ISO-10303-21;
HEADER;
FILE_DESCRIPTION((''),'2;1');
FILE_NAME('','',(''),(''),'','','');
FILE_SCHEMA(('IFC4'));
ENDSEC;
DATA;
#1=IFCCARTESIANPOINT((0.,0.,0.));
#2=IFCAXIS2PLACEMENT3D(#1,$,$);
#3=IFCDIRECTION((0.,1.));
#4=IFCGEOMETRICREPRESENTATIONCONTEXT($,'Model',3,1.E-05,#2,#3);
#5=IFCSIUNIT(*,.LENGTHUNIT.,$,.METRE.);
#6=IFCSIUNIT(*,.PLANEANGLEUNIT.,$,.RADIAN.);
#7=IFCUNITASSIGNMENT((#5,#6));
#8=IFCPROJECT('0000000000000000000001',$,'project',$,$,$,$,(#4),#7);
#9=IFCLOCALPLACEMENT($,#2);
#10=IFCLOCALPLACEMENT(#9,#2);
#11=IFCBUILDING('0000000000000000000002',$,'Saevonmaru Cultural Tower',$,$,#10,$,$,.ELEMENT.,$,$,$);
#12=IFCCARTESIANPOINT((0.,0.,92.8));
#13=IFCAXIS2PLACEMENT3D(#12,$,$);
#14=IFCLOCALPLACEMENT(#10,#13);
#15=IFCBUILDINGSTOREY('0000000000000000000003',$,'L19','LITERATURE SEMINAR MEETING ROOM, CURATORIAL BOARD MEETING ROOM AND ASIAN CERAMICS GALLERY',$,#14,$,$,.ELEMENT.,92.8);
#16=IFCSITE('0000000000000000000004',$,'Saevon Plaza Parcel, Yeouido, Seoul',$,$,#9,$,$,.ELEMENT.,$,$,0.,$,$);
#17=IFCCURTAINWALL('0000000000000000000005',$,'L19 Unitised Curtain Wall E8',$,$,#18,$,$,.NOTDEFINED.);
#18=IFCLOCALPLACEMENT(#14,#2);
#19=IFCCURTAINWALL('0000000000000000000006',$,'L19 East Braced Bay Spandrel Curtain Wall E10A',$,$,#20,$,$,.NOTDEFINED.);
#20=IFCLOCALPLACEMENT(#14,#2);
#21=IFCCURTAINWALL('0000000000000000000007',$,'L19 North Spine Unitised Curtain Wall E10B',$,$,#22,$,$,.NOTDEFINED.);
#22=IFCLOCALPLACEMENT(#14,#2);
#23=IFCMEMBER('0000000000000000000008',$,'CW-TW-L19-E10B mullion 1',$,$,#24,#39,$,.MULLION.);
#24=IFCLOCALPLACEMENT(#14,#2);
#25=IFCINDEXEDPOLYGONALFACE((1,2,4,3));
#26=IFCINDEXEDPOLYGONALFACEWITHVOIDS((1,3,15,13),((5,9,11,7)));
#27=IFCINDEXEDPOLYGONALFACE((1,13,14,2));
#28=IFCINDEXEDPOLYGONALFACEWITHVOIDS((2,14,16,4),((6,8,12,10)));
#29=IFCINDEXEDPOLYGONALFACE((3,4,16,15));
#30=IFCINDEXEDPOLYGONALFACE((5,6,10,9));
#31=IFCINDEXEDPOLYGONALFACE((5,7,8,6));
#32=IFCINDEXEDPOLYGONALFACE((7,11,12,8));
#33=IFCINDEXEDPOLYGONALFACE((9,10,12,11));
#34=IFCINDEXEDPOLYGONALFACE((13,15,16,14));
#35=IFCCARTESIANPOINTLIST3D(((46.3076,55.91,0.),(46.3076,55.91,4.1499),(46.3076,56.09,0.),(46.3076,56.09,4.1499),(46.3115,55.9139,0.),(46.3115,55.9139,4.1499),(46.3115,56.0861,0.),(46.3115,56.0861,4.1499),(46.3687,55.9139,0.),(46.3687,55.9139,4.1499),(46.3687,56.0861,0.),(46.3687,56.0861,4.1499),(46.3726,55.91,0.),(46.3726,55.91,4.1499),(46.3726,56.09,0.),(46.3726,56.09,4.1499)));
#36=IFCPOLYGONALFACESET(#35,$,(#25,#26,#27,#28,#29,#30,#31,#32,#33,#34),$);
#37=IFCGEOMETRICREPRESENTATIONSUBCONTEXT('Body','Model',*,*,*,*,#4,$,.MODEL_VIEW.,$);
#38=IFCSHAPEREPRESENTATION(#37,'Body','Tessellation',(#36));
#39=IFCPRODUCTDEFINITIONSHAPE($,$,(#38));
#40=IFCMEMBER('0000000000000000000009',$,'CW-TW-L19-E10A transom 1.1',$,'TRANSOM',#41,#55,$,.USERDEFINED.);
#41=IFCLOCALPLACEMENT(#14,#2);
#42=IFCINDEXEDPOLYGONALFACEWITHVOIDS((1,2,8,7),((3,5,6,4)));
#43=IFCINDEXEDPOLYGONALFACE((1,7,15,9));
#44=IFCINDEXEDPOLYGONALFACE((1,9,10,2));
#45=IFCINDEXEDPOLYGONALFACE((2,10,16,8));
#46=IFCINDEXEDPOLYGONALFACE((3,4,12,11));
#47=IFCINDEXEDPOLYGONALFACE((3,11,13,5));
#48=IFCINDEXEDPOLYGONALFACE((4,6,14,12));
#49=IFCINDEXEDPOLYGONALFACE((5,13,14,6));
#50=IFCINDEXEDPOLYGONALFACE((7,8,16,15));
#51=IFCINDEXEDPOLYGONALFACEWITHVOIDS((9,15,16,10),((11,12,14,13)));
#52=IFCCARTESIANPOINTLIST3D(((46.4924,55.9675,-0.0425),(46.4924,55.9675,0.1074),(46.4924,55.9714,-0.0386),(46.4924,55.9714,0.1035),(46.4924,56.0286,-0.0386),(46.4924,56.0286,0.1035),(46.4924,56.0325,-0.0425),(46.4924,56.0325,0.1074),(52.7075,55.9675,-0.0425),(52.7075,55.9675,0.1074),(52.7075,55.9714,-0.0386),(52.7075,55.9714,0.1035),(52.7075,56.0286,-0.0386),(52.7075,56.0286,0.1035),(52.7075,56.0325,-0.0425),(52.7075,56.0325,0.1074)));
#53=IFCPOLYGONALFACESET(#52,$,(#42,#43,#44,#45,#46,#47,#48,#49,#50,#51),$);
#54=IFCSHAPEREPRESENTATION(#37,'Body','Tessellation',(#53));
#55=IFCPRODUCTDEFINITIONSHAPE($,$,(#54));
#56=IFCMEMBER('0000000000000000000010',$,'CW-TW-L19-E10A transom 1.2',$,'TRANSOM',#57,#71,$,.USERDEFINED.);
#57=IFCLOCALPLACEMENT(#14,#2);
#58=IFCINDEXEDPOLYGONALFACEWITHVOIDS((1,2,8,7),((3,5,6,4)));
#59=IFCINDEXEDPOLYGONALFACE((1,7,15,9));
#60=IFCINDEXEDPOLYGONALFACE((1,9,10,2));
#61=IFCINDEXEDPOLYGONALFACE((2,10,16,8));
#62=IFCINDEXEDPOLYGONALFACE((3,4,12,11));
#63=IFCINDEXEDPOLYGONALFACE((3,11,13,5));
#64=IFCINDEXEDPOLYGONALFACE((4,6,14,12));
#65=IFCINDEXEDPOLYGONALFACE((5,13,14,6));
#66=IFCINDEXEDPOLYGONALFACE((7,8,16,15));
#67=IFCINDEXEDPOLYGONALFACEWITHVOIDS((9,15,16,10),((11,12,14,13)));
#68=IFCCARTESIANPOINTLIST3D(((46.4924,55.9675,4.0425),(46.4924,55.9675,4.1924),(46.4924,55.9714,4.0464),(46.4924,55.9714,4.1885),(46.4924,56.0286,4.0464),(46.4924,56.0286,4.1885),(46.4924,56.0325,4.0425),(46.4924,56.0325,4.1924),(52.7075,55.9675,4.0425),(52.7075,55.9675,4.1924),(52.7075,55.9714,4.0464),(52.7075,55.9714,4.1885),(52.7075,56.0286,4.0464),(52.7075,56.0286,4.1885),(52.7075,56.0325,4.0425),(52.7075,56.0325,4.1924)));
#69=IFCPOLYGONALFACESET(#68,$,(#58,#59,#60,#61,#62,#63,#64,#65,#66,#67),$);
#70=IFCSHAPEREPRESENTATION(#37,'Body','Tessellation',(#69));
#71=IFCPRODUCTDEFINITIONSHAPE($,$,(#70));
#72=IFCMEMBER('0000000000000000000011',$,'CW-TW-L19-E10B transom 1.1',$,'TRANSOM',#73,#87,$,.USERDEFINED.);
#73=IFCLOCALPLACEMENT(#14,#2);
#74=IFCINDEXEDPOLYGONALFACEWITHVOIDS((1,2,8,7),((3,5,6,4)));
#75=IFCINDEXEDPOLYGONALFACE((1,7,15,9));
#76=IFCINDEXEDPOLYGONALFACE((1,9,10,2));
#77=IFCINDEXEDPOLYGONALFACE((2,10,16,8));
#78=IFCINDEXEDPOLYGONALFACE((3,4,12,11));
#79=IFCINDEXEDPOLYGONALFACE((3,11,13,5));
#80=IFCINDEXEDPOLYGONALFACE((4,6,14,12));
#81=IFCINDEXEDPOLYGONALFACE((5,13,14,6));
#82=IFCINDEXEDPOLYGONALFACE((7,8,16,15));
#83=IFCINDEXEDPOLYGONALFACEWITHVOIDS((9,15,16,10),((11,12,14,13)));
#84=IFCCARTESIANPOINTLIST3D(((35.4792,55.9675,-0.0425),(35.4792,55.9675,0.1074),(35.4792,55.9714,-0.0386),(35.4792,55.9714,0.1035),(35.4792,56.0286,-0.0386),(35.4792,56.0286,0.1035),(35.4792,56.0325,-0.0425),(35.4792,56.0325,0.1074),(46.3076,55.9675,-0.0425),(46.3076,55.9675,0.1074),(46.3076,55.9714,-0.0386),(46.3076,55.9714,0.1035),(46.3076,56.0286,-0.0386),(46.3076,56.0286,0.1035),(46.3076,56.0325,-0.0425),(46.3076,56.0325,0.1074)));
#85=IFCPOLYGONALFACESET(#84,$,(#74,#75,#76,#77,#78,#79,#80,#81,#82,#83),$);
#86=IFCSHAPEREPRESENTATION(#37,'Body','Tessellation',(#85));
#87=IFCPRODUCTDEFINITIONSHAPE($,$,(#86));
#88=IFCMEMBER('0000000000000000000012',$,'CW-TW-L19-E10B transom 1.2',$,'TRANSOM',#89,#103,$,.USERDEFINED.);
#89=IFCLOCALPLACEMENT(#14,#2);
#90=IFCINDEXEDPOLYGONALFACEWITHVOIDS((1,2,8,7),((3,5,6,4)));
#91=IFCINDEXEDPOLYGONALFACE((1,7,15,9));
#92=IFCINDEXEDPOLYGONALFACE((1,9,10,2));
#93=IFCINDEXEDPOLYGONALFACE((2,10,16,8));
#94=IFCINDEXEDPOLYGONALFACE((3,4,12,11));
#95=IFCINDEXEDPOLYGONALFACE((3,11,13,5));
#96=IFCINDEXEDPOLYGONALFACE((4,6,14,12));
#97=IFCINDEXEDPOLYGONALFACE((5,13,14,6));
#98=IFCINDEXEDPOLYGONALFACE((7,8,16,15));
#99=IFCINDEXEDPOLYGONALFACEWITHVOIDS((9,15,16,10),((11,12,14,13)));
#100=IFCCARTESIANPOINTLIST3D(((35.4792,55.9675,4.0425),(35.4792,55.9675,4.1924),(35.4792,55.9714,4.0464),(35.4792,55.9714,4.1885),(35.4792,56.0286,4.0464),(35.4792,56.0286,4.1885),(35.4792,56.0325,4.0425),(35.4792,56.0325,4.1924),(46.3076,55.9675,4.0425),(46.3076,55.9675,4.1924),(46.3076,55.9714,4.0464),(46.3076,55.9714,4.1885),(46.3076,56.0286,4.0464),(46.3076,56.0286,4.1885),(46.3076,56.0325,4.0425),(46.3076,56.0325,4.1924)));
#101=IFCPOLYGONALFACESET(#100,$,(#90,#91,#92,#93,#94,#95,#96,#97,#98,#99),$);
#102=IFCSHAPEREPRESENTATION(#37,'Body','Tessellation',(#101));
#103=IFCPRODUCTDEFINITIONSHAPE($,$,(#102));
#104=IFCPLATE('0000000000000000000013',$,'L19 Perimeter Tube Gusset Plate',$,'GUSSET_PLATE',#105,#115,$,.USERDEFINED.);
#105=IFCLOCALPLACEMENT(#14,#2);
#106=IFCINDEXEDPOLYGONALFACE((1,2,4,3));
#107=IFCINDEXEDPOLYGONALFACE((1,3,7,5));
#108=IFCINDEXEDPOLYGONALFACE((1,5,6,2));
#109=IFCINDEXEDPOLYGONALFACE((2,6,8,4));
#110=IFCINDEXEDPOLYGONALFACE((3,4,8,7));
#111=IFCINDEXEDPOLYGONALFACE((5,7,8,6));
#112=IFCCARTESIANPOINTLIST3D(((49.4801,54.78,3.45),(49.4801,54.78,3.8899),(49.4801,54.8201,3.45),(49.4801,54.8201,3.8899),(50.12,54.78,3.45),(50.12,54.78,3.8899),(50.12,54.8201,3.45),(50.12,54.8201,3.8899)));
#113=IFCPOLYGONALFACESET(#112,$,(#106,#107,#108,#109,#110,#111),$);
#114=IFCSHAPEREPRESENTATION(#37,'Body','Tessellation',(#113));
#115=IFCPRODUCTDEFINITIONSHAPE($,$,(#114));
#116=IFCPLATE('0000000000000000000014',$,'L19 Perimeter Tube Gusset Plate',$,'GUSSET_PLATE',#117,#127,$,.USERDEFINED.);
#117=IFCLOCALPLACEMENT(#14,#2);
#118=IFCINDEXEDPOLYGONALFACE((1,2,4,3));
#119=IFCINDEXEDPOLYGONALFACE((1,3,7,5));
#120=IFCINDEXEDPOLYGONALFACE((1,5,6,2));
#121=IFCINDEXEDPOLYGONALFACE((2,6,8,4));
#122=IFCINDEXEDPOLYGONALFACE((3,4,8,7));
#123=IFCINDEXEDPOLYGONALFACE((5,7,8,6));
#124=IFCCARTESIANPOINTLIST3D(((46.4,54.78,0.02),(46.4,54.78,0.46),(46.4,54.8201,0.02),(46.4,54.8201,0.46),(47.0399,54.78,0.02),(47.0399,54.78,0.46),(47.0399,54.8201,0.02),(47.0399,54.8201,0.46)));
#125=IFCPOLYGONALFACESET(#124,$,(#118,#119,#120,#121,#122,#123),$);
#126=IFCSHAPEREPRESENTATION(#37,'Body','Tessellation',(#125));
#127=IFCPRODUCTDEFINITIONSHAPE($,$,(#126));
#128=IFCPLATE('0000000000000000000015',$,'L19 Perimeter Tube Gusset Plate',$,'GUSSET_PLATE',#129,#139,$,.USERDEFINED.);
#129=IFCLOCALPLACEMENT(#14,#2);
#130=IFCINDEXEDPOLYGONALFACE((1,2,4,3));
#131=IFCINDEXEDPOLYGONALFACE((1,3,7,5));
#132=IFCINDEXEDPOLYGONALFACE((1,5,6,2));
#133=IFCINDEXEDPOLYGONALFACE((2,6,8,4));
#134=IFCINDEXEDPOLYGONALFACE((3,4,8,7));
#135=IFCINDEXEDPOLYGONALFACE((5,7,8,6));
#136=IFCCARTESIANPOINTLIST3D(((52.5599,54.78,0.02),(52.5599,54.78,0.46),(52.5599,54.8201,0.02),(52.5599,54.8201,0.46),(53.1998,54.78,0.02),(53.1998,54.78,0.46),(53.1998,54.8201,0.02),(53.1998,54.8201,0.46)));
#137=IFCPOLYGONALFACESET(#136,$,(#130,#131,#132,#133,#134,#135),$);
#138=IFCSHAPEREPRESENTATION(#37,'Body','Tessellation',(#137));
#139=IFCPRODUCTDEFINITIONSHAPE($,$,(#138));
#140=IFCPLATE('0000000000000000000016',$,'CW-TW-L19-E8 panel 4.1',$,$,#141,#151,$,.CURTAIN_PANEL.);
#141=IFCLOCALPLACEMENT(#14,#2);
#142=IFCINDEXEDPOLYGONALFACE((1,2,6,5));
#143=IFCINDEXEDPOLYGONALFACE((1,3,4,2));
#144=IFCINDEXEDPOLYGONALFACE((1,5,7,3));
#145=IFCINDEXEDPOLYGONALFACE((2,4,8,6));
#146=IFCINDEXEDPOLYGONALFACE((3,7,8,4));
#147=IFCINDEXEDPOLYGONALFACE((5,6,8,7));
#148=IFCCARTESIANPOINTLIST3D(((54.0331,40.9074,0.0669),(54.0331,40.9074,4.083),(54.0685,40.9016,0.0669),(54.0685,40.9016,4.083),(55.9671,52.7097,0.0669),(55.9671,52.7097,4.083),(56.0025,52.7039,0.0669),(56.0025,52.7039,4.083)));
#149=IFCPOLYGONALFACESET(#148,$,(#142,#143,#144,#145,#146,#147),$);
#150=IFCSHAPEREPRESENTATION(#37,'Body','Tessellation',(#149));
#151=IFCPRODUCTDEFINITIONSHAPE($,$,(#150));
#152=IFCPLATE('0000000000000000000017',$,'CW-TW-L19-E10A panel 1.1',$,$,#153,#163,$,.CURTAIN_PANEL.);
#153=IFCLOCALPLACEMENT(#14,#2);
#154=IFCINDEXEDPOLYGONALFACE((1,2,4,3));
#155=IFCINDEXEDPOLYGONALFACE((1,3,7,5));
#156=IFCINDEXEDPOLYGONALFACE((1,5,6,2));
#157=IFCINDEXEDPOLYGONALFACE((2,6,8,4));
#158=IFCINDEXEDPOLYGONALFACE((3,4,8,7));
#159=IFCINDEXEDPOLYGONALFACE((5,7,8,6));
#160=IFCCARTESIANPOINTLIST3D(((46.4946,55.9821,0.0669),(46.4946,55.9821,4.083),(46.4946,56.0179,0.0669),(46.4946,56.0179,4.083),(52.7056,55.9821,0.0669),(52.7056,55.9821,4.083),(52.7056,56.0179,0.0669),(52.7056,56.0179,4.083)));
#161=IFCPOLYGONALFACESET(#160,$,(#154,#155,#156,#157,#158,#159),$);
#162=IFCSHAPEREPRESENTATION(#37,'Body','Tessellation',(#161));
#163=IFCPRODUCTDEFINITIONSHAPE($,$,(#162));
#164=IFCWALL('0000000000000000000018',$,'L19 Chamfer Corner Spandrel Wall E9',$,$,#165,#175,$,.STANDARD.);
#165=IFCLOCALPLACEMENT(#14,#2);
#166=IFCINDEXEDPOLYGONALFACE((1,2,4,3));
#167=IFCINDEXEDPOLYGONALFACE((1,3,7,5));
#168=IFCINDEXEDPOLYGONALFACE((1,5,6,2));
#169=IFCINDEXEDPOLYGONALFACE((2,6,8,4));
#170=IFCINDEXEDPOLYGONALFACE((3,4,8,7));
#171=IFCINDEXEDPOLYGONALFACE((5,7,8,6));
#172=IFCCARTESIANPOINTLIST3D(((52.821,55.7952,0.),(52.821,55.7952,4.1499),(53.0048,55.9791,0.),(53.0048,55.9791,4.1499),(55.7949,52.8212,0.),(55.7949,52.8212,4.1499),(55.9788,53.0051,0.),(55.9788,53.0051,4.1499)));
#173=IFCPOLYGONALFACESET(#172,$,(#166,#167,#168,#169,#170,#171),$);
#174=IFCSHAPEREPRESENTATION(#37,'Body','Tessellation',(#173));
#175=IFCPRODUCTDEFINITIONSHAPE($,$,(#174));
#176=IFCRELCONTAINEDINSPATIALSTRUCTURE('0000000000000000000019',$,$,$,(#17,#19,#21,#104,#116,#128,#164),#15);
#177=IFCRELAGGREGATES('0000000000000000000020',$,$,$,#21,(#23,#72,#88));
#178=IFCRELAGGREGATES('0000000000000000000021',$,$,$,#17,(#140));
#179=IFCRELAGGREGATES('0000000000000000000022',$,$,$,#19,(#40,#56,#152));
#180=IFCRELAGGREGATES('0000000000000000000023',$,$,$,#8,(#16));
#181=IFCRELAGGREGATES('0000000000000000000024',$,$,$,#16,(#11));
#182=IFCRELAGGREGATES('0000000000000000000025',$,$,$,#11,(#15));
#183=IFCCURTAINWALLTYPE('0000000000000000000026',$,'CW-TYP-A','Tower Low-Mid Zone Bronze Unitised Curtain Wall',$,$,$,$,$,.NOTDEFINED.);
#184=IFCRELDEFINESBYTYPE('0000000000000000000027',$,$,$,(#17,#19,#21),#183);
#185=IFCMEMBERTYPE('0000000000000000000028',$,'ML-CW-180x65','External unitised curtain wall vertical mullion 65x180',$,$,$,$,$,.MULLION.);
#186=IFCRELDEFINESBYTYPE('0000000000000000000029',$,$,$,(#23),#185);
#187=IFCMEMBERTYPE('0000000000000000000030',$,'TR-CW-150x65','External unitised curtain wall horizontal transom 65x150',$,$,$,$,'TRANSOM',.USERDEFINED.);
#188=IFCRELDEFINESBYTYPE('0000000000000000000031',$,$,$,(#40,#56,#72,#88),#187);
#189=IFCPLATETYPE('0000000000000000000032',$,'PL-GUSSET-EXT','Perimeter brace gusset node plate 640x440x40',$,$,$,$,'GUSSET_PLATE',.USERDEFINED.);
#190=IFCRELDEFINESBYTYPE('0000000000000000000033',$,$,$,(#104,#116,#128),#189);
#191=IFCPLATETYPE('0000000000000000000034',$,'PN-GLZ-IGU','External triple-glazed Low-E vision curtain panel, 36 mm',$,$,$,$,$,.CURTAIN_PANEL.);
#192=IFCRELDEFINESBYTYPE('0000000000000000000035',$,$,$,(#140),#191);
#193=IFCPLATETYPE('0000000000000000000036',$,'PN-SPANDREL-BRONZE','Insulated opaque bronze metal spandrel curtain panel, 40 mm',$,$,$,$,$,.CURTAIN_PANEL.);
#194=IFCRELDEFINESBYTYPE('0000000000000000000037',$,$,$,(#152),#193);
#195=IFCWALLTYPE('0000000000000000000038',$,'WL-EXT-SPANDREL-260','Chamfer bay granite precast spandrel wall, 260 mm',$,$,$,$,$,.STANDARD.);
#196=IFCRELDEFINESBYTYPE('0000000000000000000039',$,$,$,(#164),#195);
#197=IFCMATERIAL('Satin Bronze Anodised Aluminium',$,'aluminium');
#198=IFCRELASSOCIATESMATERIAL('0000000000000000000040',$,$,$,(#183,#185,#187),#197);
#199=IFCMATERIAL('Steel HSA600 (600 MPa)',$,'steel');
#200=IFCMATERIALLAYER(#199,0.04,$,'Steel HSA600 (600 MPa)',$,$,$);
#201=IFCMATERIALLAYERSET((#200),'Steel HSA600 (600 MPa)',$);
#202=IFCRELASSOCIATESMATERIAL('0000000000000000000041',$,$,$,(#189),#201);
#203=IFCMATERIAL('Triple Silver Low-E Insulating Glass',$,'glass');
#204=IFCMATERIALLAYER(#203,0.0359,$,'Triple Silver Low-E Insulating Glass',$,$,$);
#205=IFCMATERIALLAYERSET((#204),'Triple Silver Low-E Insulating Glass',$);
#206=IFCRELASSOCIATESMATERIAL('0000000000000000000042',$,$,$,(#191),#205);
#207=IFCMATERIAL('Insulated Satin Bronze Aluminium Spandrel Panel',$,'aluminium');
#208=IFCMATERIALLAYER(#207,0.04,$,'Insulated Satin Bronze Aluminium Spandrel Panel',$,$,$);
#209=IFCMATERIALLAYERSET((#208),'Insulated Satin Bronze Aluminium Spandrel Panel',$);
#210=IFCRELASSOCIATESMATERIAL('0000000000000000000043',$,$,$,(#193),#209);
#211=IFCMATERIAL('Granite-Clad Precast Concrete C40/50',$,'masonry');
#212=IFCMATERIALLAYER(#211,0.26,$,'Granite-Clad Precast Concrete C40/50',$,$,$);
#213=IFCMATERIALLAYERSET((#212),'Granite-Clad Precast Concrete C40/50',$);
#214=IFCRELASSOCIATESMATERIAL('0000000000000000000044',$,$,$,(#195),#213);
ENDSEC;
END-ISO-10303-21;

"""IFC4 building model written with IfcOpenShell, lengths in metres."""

from ifc_helpers import new_model, si_unit, direction, frame, frame_2d, origin, origin_2d, place, context, subcontext, project, spatial, rectangle, hollow_rectangle, extrude, material, layer, layer_set, material_profile, profile_set, type_object, element, aggregate, save


model = new_model("IFC4")

# Units and contexts
model_context = context("Model", 3, precision=1e-05, world=origin(), true_north=direction((0.0, 1.0)))
body_context = subcontext(model_context, "Body", "Model", "MODEL_VIEW")
ifc_project = project(units=[si_unit("LENGTHUNIT", "METRE"), si_unit("PLANEANGLEUNIT", "RADIAN")], contexts=[model_context])

# Site, building, storey
site_placement = place(None, origin())
site = spatial("IfcSite", under=ifc_project, at=site_placement, Name="Saevon Plaza Parcel, Yeouido, Seoul", CompositionType="ELEMENT", RefElevation=0.0)
building_placement = place(site_placement, origin())
building = spatial("IfcBuilding", under=site, at=building_placement, Name="Saevonmaru Cultural Tower", CompositionType="ELEMENT")
storey_placement = place(building_placement, frame((0.0, 0.0, 92.8)))
storey = spatial("IfcBuildingStorey", under=building, at=storey_placement, Name="L19", Description="LITERATURE SEMINAR MEETING ROOM, CURATORIAL BOARD MEETING ROOM AND ASIAN CERAMICS GALLERY", CompositionType="ELEMENT", Elevation=92.8)

# Shared definitions
ifc_material_1 = material(Name="Steel HSA600 (600 MPa)", Category="steel")

# Curtain wall
ifc_material_2 = material(Name="Satin Bronze Anodised Aluminium", Category="aluminium")
curtain_wall_type = type_object("IfcCurtainWallType", Name="CW-TYP-A", Description="Tower Low-Mid Zone Bronze Unitised Curtain Wall", PredefinedType="NOTDEFINED", material=ifc_material_2)
curtain_wall_1_placement = place(storey_placement, origin())
curtain_wall_1 = element("IfcCurtainWall", 1, at=curtain_wall_1_placement, inside=storey, type_object=curtain_wall_type, Name="L19 Unitised Curtain Wall E8", PredefinedType="NOTDEFINED")
ifc_material_profile_1 = material_profile(ifc_material_2, hollow_rectangle(XDim=0.0649, YDim=0.1799, WallThickness=0.0039, at=origin_2d()), Name="ALU-MULL-180x65x4")
ifc_profile_set_1 = profile_set([ifc_material_profile_1], Name="Satin Bronze Anodised Aluminium")
member_type_1 = type_object("IfcMemberType", Name="ML-CW-180x65", Description="External unitised curtain wall vertical mullion 65x180", PredefinedType="MULLION", material=ifc_profile_set_1)

# Curtain wall
curtain_wall_2_placement = place(storey_placement, origin())
curtain_wall_2 = element("IfcCurtainWall", 2, at=curtain_wall_2_placement, inside=storey, type_object=curtain_wall_type, Name="L19 East Braced Bay Spandrel Curtain Wall E10A", PredefinedType="NOTDEFINED")

# Curtain wall, member
curtain_wall_3_placement = place(storey_placement, origin())
curtain_wall_3 = element("IfcCurtainWall", 3, at=curtain_wall_3_placement, inside=storey, type_object=curtain_wall_type, Name="L19 North Spine Unitised Curtain Wall E10B", PredefinedType="NOTDEFINED")
member_1_placement = place(storey_placement, frame((46.3401, 56.0, 0.0), z_axis=(0.0, 0.0, 1.0), x_axis=(-1.0, 0.0, 0.0)))
member_1 = element("IfcMember", 4, at=member_1_placement, type_object=member_type_1, Name="CW-TW-L19-E10B mullion 1", PredefinedType="MULLION", context=body_context, shape_type="SweptSolid", body=[
    extrude(hollow_rectangle(XDim=0.0649, YDim=0.1799, WallThickness=0.0039, at=origin_2d()), origin(), (0.0, 0.0, 1.0), 4.1499),
])

# Members
ifc_material_profile_2 = material_profile(ifc_material_2, hollow_rectangle(XDim=0.0649, YDim=0.1499, WallThickness=0.0039, at=origin_2d()), Name="ALU-TRAN-150x65x4")
ifc_profile_set_2 = profile_set([ifc_material_profile_2], Name="Satin Bronze Anodised Aluminium")
member_type_2 = type_object("IfcMemberType", Name="TR-CW-150x65", Description="External unitised curtain wall horizontal transom 65x150", ElementType="TRANSOM", PredefinedType="USERDEFINED", material=ifc_profile_set_2)
member_2_placement = place(storey_placement, frame((52.7075, 56.0, 0.0325), z_axis=(-1.0, 0.0, 0.0), x_axis=(0.0, -1.0, 0.0)))
member_2 = element("IfcMember", 5, at=member_2_placement, type_object=member_type_2, Name="CW-TW-L19-E10A transom 1.1", ObjectType="TRANSOM", PredefinedType="USERDEFINED", context=body_context, shape_type="SweptSolid", body=[
    extrude(hollow_rectangle(XDim=0.0649, YDim=0.1499, WallThickness=0.0039, at=origin_2d()), origin(), (0.0, 0.0, 1.0), 6.2151),
])
member_3_placement = place(storey_placement, frame((52.7075, 56.0, 4.1174), z_axis=(-1.0, 0.0, 0.0), x_axis=(0.0, -1.0, 0.0)))
member_3 = element("IfcMember", 6, at=member_3_placement, type_object=member_type_2, Name="CW-TW-L19-E10A transom 1.2", ObjectType="TRANSOM", PredefinedType="USERDEFINED", context=body_context, shape_type="SweptSolid", body=[
    extrude(hollow_rectangle(XDim=0.0649, YDim=0.1499, WallThickness=0.0039, at=origin_2d()), origin(), (0.0, 0.0, 1.0), 6.2151),
])
member_4_placement = place(storey_placement, frame((46.3076, 56.0, 0.0325), z_axis=(-1.0, 0.0, 0.0), x_axis=(0.0, -1.0, 0.0)))
member_4 = element("IfcMember", 7, at=member_4_placement, type_object=member_type_2, Name="CW-TW-L19-E10B transom 1.1", ObjectType="TRANSOM", PredefinedType="USERDEFINED", context=body_context, shape_type="SweptSolid", body=[
    extrude(hollow_rectangle(XDim=0.0649, YDim=0.1499, WallThickness=0.0039, at=origin_2d()), origin(), (0.0, 0.0, 1.0), 10.8284),
])
member_5_placement = place(storey_placement, frame((46.3076, 56.0, 4.1174), z_axis=(-1.0, 0.0, 0.0), x_axis=(0.0, -1.0, 0.0)))
member_5 = element("IfcMember", 8, at=member_5_placement, type_object=member_type_2, Name="CW-TW-L19-E10B transom 1.2", ObjectType="TRANSOM", PredefinedType="USERDEFINED", context=body_context, shape_type="SweptSolid", body=[
    extrude(hollow_rectangle(XDim=0.0649, YDim=0.1499, WallThickness=0.0039, at=origin_2d()), origin(), (0.0, 0.0, 1.0), 10.8284),
])
aggregate(curtain_wall_3, [member_1, member_4, member_5])

# Plates
ifc_layer_1 = layer(ifc_material_1, 0.04, Name="Steel HSA600 (600 MPa)")
ifc_layer_set_1 = layer_set([ifc_layer_1], Name="Steel HSA600 (600 MPa)")
plate_type_1 = type_object("IfcPlateType", Name="PL-GUSSET-EXT", Description="Perimeter brace gusset node plate 640x440x40", ElementType="GUSSET_PLATE", PredefinedType="USERDEFINED", material=ifc_layer_set_1)
for number, where, z_axis, x_axis, name in (
    (9, (49.8, 54.8, 3.45), (0.0, 0.0, 1.0), (1.0, 0.0, 0.0), "L19 Perimeter Tube Gusset Plate"),
    (10, (46.72, 54.8, 0.02), (0.0, 0.0, 1.0), (1.0, 0.0, 0.0), "L19 Perimeter Tube Gusset Plate"),
    (11, (52.8799, 54.8, 0.02), (0.0, 0.0, 1.0), (1.0, 0.0, 0.0), "L19 Perimeter Tube Gusset Plate"),
):
    element("IfcPlate", number, at=place(storey_placement, frame(where, z_axis=z_axis, x_axis=x_axis)), inside=storey, type_object=plate_type_1, Name=name, ObjectType="GUSSET_PLATE", PredefinedType="USERDEFINED", context=body_context, shape_type="SweptSolid", body=[
        extrude(rectangle(XDim=0.6399, YDim=0.04, at=origin_2d()), origin(), (0.0, 0.0, 1.0), 0.4399),
    ])

# Plates
ifc_material_3 = material(Name="Triple Silver Low-E Insulating Glass", Category="glass")
ifc_layer_2 = layer(ifc_material_3, 0.0359, Name="Triple Silver Low-E Insulating Glass")
ifc_layer_set_2 = layer_set([ifc_layer_2], Name="Triple Silver Low-E Insulating Glass")
plate_type_2 = type_object("IfcPlateType", Name="PN-GLZ-IGU", Description="External triple-glazed Low-E vision curtain panel, 36 mm", PredefinedType="CURTAIN_PANEL", material=ifc_layer_set_2)
plate_1_placement = place(storey_placement, frame((55.0178, 46.8057, 0.0669), z_axis=(0.0, 0.0, 1.0), x_axis=(0.161709, 0.986839, 0.0)))
plate_1 = element("IfcPlate", 12, at=plate_1_placement, type_object=plate_type_2, Name="CW-TW-L19-E8 panel 4.1", PredefinedType="CURTAIN_PANEL", context=body_context, shape_type="SweptSolid", body=[
    extrude(rectangle(XDim=11.9597, YDim=0.0359, at=origin_2d()), origin(), (0.0, 0.0, 1.0), 4.0161),
])
aggregate(curtain_wall_1, [plate_1])
ifc_material_4 = material(Name="Insulated Satin Bronze Aluminium Spandrel Panel", Category="aluminium")
ifc_layer_3 = layer(ifc_material_4, 0.04, Name="Insulated Satin Bronze Aluminium Spandrel Panel")
ifc_layer_set_3 = layer_set([ifc_layer_3], Name="Insulated Satin Bronze Aluminium Spandrel Panel")
plate_type_3 = type_object("IfcPlateType", Name="PN-SPANDREL-BRONZE", Description="Insulated opaque bronze metal spandrel curtain panel, 40 mm", PredefinedType="CURTAIN_PANEL", material=ifc_layer_set_3)
plate_2_placement = place(storey_placement, frame((49.6001, 56.0, 0.0669), z_axis=(0.0, 0.0, 1.0), x_axis=(-1.0, 0.0, 0.0)))
plate_2 = element("IfcPlate", 13, at=plate_2_placement, type_object=plate_type_3, Name="CW-TW-L19-E10A panel 1.1", PredefinedType="CURTAIN_PANEL", context=body_context, shape_type="SweptSolid", body=[
    extrude(rectangle(XDim=6.2109, YDim=0.0359, at=origin_2d()), origin(), (0.0, 0.0, 1.0), 4.0161),
])
aggregate(curtain_wall_2, [member_2, member_3, plate_2])

# Wall
ifc_material_5 = material(Name="Granite-Clad Precast Concrete C40/50", Category="masonry")
ifc_layer_4 = layer(ifc_material_5, 0.26, Name="Granite-Clad Precast Concrete C40/50")
ifc_layer_set_4 = layer_set([ifc_layer_4], Name="Granite-Clad Precast Concrete C40/50")
wall_type_1 = type_object("IfcWallType", Name="WL-EXT-SPANDREL-260", Description="Chamfer bay granite precast spandrel wall, 260 mm", PredefinedType="STANDARD", material=ifc_layer_set_4)
wall_1_placement = place(storey_placement, frame((55.887, 52.9131, 0.0), z_axis=(0.0, 0.0, 1.0), x_axis=(-0.707107, 0.707107, 0.0)))
element("IfcWall", 14, at=wall_1_placement, inside=storey, type_object=wall_type_1, Name="L19 Chamfer Corner Spandrel Wall E9", PredefinedType="STANDARD", context=body_context, shape_type="SweptSolid", body=[
    extrude(rectangle(XDim=4.2058, YDim=0.26, at=frame_2d((2.103, 0.0))), origin(), (0.0, 0.0, 1.0), 4.1499),
])

save(model, "model.ifc")
